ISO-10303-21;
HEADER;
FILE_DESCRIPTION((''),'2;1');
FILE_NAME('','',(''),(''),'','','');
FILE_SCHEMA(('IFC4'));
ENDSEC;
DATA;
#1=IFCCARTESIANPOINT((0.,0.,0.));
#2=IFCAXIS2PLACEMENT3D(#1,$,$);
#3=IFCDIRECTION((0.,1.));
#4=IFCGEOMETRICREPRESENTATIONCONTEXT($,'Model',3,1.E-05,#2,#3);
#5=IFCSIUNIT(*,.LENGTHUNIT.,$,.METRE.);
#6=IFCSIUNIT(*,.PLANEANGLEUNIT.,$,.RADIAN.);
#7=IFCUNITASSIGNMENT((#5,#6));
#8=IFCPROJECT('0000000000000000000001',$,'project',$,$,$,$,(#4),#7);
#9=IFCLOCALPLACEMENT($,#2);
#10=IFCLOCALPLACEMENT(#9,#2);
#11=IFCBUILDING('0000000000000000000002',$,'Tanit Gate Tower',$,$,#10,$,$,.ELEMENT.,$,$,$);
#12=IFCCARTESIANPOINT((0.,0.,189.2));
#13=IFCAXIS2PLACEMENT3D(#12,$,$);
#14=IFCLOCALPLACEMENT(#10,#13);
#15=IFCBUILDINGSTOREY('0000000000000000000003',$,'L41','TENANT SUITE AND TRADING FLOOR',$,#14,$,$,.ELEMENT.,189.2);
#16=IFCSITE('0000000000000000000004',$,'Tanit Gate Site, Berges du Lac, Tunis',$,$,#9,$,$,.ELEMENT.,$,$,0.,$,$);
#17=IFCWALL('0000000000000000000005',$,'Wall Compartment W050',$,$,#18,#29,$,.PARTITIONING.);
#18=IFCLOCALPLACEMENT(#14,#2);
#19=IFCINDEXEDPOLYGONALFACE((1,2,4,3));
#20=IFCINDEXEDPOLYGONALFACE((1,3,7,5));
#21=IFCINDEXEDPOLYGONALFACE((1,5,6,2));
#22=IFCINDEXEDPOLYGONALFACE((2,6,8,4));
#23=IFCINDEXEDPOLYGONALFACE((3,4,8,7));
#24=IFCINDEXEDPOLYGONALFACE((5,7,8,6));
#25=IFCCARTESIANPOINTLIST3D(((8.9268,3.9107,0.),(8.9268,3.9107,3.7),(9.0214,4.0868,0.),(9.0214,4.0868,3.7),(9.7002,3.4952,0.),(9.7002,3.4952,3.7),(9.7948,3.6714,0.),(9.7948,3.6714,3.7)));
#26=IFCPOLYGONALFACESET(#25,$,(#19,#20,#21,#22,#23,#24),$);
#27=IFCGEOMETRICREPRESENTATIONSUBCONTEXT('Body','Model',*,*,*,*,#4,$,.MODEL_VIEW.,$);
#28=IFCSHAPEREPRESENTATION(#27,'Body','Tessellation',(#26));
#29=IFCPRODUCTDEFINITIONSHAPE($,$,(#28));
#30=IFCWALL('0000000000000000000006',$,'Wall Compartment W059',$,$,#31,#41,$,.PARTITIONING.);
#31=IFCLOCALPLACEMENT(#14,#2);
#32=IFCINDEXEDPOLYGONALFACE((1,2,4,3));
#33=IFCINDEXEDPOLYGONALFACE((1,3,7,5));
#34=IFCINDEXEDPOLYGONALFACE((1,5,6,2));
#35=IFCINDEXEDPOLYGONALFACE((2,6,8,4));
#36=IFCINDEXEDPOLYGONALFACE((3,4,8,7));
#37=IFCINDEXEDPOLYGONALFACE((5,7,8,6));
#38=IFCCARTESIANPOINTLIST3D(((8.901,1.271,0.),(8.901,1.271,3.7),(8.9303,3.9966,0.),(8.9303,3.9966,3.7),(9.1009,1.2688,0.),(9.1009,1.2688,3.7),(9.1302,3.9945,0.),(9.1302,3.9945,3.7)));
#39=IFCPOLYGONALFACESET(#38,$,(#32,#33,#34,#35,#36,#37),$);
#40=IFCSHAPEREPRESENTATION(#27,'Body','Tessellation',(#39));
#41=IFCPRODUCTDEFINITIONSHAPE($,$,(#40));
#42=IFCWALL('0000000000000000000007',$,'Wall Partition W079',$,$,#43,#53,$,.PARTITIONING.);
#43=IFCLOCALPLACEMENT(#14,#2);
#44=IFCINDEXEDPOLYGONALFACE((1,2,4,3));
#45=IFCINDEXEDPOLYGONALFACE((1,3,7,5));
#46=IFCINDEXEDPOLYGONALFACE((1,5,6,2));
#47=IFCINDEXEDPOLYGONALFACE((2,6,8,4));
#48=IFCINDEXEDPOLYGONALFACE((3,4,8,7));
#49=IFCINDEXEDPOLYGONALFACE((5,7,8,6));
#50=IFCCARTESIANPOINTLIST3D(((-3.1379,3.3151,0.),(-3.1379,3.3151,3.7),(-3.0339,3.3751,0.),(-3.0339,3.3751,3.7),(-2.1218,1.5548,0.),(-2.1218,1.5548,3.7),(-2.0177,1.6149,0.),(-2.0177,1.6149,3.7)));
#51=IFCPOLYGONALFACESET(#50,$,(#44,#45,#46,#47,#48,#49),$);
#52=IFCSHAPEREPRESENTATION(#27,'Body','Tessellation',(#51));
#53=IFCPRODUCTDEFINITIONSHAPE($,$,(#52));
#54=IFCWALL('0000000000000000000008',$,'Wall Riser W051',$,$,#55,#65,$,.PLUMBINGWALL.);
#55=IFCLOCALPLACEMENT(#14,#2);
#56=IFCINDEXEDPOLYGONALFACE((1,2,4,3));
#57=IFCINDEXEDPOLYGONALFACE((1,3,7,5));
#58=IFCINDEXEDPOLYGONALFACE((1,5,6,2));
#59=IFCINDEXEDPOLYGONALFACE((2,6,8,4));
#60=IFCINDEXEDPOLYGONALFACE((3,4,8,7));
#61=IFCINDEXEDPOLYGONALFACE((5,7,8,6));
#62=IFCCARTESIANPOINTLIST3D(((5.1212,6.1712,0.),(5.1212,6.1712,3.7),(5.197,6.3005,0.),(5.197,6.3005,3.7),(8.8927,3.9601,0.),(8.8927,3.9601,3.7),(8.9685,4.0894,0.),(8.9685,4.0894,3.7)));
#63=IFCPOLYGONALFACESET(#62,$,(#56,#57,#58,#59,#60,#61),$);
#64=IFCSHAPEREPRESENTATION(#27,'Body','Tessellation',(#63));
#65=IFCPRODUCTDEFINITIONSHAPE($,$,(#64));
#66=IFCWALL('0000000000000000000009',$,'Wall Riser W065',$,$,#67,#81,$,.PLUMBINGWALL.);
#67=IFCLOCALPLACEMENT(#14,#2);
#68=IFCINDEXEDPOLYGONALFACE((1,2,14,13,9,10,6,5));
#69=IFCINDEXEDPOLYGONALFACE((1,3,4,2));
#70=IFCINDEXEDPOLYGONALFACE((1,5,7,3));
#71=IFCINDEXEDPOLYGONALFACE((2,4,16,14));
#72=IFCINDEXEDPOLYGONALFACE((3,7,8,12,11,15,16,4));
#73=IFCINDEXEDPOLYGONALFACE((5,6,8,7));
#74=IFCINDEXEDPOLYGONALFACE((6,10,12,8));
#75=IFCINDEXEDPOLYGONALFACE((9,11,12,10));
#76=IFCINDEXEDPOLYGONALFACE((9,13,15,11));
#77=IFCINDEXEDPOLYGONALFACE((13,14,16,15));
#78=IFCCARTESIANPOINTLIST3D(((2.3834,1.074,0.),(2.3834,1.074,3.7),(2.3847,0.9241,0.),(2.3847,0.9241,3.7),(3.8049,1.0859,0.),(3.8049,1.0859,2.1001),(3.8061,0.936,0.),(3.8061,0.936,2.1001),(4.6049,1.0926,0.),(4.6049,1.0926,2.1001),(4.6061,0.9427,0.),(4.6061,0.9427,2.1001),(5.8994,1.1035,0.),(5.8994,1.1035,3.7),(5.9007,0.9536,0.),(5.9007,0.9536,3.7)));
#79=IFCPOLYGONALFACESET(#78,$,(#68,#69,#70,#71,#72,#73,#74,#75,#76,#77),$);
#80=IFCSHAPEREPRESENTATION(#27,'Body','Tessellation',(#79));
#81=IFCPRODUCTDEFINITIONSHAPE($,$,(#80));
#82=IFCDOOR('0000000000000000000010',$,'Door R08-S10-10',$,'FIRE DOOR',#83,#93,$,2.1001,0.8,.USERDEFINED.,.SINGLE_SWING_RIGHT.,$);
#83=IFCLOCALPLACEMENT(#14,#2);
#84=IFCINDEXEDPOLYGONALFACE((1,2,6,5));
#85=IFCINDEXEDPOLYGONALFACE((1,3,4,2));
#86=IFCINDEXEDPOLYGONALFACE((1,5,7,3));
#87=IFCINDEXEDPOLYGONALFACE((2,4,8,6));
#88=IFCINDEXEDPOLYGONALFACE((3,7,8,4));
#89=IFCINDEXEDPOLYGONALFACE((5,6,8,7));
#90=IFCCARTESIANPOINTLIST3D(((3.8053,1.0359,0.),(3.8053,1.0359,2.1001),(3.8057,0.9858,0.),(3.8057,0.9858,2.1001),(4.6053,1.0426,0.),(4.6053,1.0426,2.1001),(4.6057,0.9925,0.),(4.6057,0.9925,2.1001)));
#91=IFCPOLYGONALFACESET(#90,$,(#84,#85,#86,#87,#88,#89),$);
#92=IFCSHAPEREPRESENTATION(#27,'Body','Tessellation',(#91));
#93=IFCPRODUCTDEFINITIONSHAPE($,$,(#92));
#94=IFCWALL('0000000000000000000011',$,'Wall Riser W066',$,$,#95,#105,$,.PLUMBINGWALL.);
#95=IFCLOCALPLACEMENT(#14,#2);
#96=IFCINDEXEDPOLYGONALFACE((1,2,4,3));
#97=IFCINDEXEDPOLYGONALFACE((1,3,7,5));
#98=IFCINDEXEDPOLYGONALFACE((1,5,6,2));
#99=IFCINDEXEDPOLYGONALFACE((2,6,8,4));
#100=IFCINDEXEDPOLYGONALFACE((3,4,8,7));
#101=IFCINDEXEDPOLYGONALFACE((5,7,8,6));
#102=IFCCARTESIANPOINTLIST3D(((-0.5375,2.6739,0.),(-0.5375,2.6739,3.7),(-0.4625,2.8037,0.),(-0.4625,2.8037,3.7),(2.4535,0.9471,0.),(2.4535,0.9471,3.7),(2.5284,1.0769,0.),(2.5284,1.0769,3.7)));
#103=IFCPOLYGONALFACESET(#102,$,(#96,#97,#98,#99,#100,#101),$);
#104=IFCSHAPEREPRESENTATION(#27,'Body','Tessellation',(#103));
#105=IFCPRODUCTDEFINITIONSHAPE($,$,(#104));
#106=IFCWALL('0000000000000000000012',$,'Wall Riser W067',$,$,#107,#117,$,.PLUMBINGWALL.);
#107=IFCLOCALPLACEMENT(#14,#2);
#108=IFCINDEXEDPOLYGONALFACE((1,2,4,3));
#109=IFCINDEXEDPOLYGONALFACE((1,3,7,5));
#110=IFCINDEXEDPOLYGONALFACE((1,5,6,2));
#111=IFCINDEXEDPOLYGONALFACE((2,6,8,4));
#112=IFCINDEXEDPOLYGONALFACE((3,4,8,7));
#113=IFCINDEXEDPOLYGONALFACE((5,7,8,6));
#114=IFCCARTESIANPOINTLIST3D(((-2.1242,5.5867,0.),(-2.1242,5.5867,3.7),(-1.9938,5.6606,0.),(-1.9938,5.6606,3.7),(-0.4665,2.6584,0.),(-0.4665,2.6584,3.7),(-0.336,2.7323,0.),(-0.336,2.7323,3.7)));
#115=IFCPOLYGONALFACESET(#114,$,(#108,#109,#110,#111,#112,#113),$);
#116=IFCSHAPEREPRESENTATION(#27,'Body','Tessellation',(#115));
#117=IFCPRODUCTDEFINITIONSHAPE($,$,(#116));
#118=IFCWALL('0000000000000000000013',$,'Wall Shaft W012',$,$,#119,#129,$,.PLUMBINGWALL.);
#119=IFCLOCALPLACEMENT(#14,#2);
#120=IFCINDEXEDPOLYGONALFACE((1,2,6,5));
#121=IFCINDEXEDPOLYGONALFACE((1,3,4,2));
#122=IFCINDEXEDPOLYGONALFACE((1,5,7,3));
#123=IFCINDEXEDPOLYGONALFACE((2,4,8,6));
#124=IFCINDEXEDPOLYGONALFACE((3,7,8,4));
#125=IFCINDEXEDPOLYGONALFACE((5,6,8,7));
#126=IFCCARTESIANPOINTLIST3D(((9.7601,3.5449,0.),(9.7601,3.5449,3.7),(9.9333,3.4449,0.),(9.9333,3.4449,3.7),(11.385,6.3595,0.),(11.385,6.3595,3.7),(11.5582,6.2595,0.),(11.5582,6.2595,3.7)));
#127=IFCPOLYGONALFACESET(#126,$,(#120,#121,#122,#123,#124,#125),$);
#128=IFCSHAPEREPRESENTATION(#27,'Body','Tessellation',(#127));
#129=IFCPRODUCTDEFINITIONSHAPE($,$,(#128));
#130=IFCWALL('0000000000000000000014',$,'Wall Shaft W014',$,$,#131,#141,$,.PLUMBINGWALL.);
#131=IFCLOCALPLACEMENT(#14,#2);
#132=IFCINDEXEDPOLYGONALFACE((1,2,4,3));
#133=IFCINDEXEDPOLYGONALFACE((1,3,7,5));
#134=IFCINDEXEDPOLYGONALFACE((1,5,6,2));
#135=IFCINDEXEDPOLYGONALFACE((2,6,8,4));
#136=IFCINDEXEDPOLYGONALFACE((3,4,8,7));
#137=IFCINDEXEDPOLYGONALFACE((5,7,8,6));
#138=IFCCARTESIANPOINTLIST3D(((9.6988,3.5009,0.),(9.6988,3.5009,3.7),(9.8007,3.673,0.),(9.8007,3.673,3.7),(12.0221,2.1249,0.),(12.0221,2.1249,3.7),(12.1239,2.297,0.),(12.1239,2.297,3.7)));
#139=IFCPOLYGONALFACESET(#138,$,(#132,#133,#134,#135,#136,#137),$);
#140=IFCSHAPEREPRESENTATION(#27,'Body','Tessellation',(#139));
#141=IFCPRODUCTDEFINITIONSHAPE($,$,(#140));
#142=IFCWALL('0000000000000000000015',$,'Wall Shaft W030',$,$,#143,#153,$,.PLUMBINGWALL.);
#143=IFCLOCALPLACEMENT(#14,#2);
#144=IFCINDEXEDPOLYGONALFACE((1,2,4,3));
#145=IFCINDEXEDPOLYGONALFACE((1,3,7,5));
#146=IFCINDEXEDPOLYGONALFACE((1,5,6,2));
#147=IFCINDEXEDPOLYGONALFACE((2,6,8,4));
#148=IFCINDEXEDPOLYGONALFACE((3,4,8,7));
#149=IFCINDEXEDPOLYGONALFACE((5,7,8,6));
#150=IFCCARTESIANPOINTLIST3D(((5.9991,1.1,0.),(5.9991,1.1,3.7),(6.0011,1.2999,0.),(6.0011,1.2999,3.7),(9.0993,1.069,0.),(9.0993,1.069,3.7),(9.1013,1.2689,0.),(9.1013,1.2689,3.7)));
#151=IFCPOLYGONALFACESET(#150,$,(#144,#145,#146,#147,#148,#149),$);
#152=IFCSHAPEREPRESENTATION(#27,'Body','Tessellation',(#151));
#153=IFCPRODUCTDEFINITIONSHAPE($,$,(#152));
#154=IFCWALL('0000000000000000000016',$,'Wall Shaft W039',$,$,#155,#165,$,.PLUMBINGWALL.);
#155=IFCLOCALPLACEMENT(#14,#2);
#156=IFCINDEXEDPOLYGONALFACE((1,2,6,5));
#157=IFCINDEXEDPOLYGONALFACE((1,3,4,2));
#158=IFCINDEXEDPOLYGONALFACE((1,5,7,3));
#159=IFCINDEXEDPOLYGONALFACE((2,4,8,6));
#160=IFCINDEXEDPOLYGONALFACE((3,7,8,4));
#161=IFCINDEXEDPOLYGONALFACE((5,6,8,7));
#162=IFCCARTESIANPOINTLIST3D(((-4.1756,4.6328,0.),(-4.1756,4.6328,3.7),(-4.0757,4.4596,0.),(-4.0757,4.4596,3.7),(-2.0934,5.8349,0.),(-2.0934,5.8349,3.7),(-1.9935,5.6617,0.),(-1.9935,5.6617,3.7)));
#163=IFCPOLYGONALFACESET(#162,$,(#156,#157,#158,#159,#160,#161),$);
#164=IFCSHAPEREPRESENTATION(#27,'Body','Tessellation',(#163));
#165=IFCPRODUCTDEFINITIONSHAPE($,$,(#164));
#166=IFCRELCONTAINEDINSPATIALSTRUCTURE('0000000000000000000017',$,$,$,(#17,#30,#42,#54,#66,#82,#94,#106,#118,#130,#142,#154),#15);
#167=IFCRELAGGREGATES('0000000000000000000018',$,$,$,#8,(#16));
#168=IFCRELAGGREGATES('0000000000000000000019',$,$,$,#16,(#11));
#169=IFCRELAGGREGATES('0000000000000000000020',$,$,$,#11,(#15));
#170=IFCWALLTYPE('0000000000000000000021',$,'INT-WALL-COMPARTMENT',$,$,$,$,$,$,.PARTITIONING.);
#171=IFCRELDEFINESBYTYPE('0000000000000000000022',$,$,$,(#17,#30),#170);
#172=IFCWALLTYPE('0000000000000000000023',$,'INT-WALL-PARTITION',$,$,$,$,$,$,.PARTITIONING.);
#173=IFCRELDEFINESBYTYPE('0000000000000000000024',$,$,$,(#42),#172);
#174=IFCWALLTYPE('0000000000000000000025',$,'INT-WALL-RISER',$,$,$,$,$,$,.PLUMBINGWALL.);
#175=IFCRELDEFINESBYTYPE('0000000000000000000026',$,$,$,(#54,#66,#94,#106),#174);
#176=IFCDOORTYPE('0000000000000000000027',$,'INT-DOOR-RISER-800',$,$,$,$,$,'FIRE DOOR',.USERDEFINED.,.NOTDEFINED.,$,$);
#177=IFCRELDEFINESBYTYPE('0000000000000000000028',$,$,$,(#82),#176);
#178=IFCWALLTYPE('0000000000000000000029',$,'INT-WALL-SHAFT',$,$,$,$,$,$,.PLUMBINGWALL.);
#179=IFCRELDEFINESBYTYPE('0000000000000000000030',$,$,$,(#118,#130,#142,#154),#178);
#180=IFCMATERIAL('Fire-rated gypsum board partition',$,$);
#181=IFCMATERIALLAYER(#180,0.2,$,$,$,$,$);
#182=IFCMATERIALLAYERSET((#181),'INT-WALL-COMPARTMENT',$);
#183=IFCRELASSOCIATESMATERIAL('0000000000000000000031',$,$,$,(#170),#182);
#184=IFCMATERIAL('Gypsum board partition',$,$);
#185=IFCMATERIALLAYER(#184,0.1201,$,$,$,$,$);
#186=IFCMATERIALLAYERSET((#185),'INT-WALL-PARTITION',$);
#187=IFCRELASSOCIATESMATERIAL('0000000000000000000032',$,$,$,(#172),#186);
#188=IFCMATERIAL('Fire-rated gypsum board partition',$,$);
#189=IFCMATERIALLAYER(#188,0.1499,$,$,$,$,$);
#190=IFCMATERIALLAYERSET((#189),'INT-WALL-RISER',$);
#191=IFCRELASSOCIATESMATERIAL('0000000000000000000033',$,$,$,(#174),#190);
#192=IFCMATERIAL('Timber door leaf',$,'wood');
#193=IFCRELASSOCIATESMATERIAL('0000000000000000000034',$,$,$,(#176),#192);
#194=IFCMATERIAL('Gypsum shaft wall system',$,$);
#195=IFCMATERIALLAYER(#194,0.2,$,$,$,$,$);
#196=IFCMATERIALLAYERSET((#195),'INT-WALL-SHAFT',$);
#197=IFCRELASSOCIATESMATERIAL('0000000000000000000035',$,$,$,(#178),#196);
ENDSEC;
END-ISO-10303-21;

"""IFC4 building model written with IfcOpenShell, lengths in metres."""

from ifc_helpers import new_model, si_unit, direction, frame, frame_2d, origin, place, context, subcontext, project, spatial, rectangle, extrude, material, layer, layer_set, type_object, element, fill, save


model = new_model("IFC4")

# Units and contexts
model_context = context("Model", 3, precision=1e-05, world=origin(), true_north=direction((0.0, 1.0)))
body_context = subcontext(model_context, "Body", "Model", "MODEL_VIEW")
ifc_project = project(units=[si_unit("LENGTHUNIT", "METRE"), si_unit("PLANEANGLEUNIT", "RADIAN")], contexts=[model_context])

# Site, building, storey
site_placement = place(None, origin())
site = spatial("IfcSite", under=ifc_project, at=site_placement, Name="Tanit Gate Site, Berges du Lac, Tunis", CompositionType="ELEMENT", RefElevation=0.0)
building_placement = place(site_placement, origin())
building = spatial("IfcBuilding", under=site, at=building_placement, Name="Tanit Gate Tower", CompositionType="ELEMENT")
storey_placement = place(building_placement, frame((0.0, 0.0, 189.2)))
storey = spatial("IfcBuildingStorey", under=building, at=storey_placement, Name="L41", Description="TENANT SUITE AND TRADING FLOOR", CompositionType="ELEMENT", Elevation=189.2)

# Walls
ifc_material_1 = material(Name="Fire-rated gypsum board partition")
ifc_layer_1 = layer(ifc_material_1, 0.2)
ifc_layer_set_1 = layer_set([ifc_layer_1], Name="INT-WALL-COMPARTMENT")
wall_type_1 = type_object("IfcWallType", Name="INT-WALL-COMPARTMENT", PredefinedType="PARTITIONING", material=ifc_layer_set_1)
wall_1_placement = place(storey_placement, frame((8.9741, 3.9988, 0.0), z_axis=(0.0, 0.0, 1.0), x_axis=(0.880917, -0.473271, 0.0)))
element("IfcWall", 1, at=wall_1_placement, inside=storey, type_object=wall_type_1, Name="Wall Compartment W050", PredefinedType="PARTITIONING", context=body_context, shape_type="SweptSolid", body=[
    extrude(rectangle(XDim=0.8779, YDim=0.2, at=frame_2d((0.439, 0.0))), origin(), (0.0, 0.0, 1.0), 3.7),
])
wall_2_placement = place(storey_placement, frame((9.001, 1.27, 0.0), z_axis=(0.0, 0.0, 1.0), x_axis=(0.010748, 0.999942, 0.0)))
element("IfcWall", 2, at=wall_2_placement, inside=storey, type_object=wall_type_1, Name="Wall Compartment W059", PredefinedType="PARTITIONING", context=body_context, shape_type="SweptSolid", body=[
    extrude(rectangle(XDim=2.7258, YDim=0.2, at=frame_2d((1.3628, 0.0))), origin(), (0.0, 0.0, 1.0), 3.7),
])
ifc_material_2 = material(Name="Gypsum board partition")
ifc_layer_2 = layer(ifc_material_2, 0.1201)
ifc_layer_set_2 = layer_set([ifc_layer_2], Name="INT-WALL-PARTITION")
wall_type_2 = type_object("IfcWallType", Name="INT-WALL-PARTITION", PredefinedType="PARTITIONING", material=ifc_layer_set_2)
wall_3_placement = place(storey_placement, frame((-2.0698, 1.585, 0.0), z_axis=(0.0, 0.0, 1.0), x_axis=(-0.499937, 0.866062, 0.0)))
element("IfcWall", 3, at=wall_3_placement, inside=storey, type_object=wall_type_2, Name="Wall Partition W079", PredefinedType="PARTITIONING", context=body_context, shape_type="SweptSolid", body=[
    extrude(rectangle(XDim=2.0325, YDim=0.1201, at=frame_2d((1.0161, 0.0))), origin(), (0.0, 0.0, 1.0), 3.7),
])
ifc_material_3 = material(Name="Fire-rated gypsum board partition")
ifc_layer_3 = layer(ifc_material_3, 0.1499)
ifc_layer_set_3 = layer_set([ifc_layer_3], Name="INT-WALL-RISER")
wall_type_3 = type_object("IfcWallType", Name="INT-WALL-RISER", PredefinedType="PLUMBINGWALL", material=ifc_layer_set_3)
wall_4_placement = place(storey_placement, frame((8.9307, 4.0247, 0.0), z_axis=(0.0, 0.0, 1.0), x_axis=(-0.862667, 0.505773, 0.0)))
element("IfcWall", 4, at=wall_4_placement, inside=storey, type_object=wall_type_3, Name="Wall Riser W051", PredefinedType="PLUMBINGWALL", context=body_context, shape_type="SweptSolid", body=[
    extrude(rectangle(XDim=4.3718, YDim=0.1499, at=frame_2d((2.186, 0.0))), origin(), (0.0, 0.0, 1.0), 3.7),
])

# Wall, opening, door
wall_5_placement = place(storey_placement, frame((2.384, 0.999, 0.0), z_axis=(0.0, 0.0, 1.0), x_axis=(0.999965, 0.008402, 0.0)))
wall_5 = element("IfcWall", 5, at=wall_5_placement, inside=storey, type_object=wall_type_3, Name="Wall Riser W065", PredefinedType="PLUMBINGWALL", context=body_context, shape_type="SweptSolid", body=[
    extrude(rectangle(XDim=3.5161, YDim=0.1499, at=frame_2d((1.7581, 0.0))), origin(), (0.0, 0.0, 1.0), 3.7),
])
opening_1_placement = place(wall_5_placement, frame((1.4216, 0.0, 0.0)))
opening_1 = element("IfcOpeningElement", 6, at=opening_1_placement, cuts=wall_5, PredefinedType="OPENING", context=body_context, shape_type="SweptSolid", body=[
    extrude(rectangle(XDim=0.8, YDim=2.1001, at=frame_2d((0.3999, 1.05))), frame((0.0, 0.085, 0.0), z_axis=(0.0, -1.0, 0.0), x_axis=(1.0, 0.0, 0.0)), (0.0, 0.0, 1.0), 0.1699),
])
ifc_material_4 = material(Name="Timber door leaf", Category="wood")
door_type_1 = type_object("IfcDoorType", Name="INT-DOOR-RISER-800", ElementType="FIRE DOOR", OperationType="NOTDEFINED", PredefinedType="USERDEFINED", material=ifc_material_4)
door_1_placement = place(opening_1_placement, origin())
door_1 = element("IfcDoor", 7, at=door_1_placement, inside=storey, type_object=door_type_1, Name="Door R08-S10-10", ObjectType="FIRE DOOR", OperationType="SINGLE_SWING_RIGHT", OverallHeight=2.1001, OverallWidth=0.8, PredefinedType="USERDEFINED", context=body_context, shape_type="SweptSolid", body=[
    extrude(rectangle(XDim=0.8, YDim=2.1001, at=frame_2d((0.3999, 1.05))), frame((0.0, 0.0249, 0.0), z_axis=(0.0, -1.0, 0.0), x_axis=(1.0, 0.0, 0.0)), (0.0, 0.0, 1.0), 0.05),
])
fill(opening_1, door_1)

# Walls
wall_6_placement = place(storey_placement, frame((-0.5, 2.7388, 0.0), z_axis=(0.0, 0.0, 1.0), x_axis=(0.866029, -0.499994, 0.0)))
element("IfcWall", 8, at=wall_6_placement, inside=storey, type_object=wall_type_3, Name="Wall Riser W066", PredefinedType="PLUMBINGWALL", context=body_context, shape_type="SweptSolid", body=[
    extrude(rectangle(XDim=3.4536, YDim=0.1499, at=frame_2d((1.7268, 0.0))), origin(), (0.0, 0.0, 1.0), 3.7),
])
wall_7_placement = place(storey_placement, frame((-2.0591, 5.6238, 0.0), z_axis=(0.0, 0.0, 1.0), x_axis=(0.49265, -0.870228, 0.0)))
element("IfcWall", 9, at=wall_7_placement, inside=storey, type_object=wall_type_3, Name="Wall Riser W067", PredefinedType="PLUMBINGWALL", context=body_context, shape_type="SweptSolid", body=[
    extrude(rectangle(XDim=3.365, YDim=0.1499, at=frame_2d((1.6826, 0.0))), origin(), (0.0, 0.0, 1.0), 3.7),
])
ifc_material_5 = material(Name="Gypsum shaft wall system")
ifc_layer_4 = layer(ifc_material_5, 0.2)
ifc_layer_set_4 = layer_set([ifc_layer_4], Name="INT-WALL-SHAFT")
wall_type_4 = type_object("IfcWallType", Name="INT-WALL-SHAFT", PredefinedType="PLUMBINGWALL", material=ifc_layer_set_4)
wall_8_placement = place(storey_placement, frame((9.8467, 3.4949, 0.0), z_axis=(0.0, 0.0, 1.0), x_axis=(0.499985, 0.866034, 0.0)))
element("IfcWall", 10, at=wall_8_placement, inside=storey, type_object=wall_type_4, Name="Wall Shaft W012", PredefinedType="PLUMBINGWALL", context=body_context, shape_type="SweptSolid", body=[
    extrude(rectangle(XDim=3.25, YDim=0.2, at=frame_2d((1.625, 0.0))), origin(), (0.0, 0.0, 1.0), 3.7),
])
wall_9_placement = place(storey_placement, frame((12.073, 2.2109, 0.0), z_axis=(0.0, 0.0, 1.0), x_axis=(-0.860415, 0.509594, 0.0)))
element("IfcWall", 11, at=wall_9_placement, inside=storey, type_object=wall_type_4, Name="Wall Shaft W014", PredefinedType="PLUMBINGWALL", context=body_context, shape_type="SweptSolid", body=[
    extrude(rectangle(XDim=2.7002, YDim=0.2, at=frame_2d((1.3501, 0.0))), origin(), (0.0, 0.0, 1.0), 3.7),
])

# Walls
wall_10_placement = place(storey_placement, frame((6.0, 1.2, 0.0), z_axis=(0.0, 0.0, 1.0), x_axis=(0.99995, -0.010001, 0.0)))
element("IfcWall", 12, at=wall_10_placement, inside=storey, type_object=wall_type_4, Name="Wall Shaft W030", PredefinedType="PLUMBINGWALL", context=body_context, shape_type="SweptSolid", body=[
    extrude(rectangle(XDim=3.1003, YDim=0.2, at=frame_2d((1.5503, 0.0))), origin(), (0.0, 0.0, 1.0), 3.7),
])
wall_11_placement = place(storey_placement, frame((-2.0435, 5.7483, 0.0), z_axis=(0.0, 0.0, 1.0), x_axis=(-0.866035, -0.499983, 0.0)))
element("IfcWall", 13, at=wall_11_placement, inside=storey, type_object=wall_type_4, Name="Wall Shaft W039", PredefinedType="PLUMBINGWALL", context=body_context, shape_type="SweptSolid", body=[
    extrude(rectangle(XDim=2.4043, YDim=0.2, at=frame_2d((1.2021, 0.0))), origin(), (0.0, 0.0, 1.0), 3.7),
])

save(model, "model.ifc")
